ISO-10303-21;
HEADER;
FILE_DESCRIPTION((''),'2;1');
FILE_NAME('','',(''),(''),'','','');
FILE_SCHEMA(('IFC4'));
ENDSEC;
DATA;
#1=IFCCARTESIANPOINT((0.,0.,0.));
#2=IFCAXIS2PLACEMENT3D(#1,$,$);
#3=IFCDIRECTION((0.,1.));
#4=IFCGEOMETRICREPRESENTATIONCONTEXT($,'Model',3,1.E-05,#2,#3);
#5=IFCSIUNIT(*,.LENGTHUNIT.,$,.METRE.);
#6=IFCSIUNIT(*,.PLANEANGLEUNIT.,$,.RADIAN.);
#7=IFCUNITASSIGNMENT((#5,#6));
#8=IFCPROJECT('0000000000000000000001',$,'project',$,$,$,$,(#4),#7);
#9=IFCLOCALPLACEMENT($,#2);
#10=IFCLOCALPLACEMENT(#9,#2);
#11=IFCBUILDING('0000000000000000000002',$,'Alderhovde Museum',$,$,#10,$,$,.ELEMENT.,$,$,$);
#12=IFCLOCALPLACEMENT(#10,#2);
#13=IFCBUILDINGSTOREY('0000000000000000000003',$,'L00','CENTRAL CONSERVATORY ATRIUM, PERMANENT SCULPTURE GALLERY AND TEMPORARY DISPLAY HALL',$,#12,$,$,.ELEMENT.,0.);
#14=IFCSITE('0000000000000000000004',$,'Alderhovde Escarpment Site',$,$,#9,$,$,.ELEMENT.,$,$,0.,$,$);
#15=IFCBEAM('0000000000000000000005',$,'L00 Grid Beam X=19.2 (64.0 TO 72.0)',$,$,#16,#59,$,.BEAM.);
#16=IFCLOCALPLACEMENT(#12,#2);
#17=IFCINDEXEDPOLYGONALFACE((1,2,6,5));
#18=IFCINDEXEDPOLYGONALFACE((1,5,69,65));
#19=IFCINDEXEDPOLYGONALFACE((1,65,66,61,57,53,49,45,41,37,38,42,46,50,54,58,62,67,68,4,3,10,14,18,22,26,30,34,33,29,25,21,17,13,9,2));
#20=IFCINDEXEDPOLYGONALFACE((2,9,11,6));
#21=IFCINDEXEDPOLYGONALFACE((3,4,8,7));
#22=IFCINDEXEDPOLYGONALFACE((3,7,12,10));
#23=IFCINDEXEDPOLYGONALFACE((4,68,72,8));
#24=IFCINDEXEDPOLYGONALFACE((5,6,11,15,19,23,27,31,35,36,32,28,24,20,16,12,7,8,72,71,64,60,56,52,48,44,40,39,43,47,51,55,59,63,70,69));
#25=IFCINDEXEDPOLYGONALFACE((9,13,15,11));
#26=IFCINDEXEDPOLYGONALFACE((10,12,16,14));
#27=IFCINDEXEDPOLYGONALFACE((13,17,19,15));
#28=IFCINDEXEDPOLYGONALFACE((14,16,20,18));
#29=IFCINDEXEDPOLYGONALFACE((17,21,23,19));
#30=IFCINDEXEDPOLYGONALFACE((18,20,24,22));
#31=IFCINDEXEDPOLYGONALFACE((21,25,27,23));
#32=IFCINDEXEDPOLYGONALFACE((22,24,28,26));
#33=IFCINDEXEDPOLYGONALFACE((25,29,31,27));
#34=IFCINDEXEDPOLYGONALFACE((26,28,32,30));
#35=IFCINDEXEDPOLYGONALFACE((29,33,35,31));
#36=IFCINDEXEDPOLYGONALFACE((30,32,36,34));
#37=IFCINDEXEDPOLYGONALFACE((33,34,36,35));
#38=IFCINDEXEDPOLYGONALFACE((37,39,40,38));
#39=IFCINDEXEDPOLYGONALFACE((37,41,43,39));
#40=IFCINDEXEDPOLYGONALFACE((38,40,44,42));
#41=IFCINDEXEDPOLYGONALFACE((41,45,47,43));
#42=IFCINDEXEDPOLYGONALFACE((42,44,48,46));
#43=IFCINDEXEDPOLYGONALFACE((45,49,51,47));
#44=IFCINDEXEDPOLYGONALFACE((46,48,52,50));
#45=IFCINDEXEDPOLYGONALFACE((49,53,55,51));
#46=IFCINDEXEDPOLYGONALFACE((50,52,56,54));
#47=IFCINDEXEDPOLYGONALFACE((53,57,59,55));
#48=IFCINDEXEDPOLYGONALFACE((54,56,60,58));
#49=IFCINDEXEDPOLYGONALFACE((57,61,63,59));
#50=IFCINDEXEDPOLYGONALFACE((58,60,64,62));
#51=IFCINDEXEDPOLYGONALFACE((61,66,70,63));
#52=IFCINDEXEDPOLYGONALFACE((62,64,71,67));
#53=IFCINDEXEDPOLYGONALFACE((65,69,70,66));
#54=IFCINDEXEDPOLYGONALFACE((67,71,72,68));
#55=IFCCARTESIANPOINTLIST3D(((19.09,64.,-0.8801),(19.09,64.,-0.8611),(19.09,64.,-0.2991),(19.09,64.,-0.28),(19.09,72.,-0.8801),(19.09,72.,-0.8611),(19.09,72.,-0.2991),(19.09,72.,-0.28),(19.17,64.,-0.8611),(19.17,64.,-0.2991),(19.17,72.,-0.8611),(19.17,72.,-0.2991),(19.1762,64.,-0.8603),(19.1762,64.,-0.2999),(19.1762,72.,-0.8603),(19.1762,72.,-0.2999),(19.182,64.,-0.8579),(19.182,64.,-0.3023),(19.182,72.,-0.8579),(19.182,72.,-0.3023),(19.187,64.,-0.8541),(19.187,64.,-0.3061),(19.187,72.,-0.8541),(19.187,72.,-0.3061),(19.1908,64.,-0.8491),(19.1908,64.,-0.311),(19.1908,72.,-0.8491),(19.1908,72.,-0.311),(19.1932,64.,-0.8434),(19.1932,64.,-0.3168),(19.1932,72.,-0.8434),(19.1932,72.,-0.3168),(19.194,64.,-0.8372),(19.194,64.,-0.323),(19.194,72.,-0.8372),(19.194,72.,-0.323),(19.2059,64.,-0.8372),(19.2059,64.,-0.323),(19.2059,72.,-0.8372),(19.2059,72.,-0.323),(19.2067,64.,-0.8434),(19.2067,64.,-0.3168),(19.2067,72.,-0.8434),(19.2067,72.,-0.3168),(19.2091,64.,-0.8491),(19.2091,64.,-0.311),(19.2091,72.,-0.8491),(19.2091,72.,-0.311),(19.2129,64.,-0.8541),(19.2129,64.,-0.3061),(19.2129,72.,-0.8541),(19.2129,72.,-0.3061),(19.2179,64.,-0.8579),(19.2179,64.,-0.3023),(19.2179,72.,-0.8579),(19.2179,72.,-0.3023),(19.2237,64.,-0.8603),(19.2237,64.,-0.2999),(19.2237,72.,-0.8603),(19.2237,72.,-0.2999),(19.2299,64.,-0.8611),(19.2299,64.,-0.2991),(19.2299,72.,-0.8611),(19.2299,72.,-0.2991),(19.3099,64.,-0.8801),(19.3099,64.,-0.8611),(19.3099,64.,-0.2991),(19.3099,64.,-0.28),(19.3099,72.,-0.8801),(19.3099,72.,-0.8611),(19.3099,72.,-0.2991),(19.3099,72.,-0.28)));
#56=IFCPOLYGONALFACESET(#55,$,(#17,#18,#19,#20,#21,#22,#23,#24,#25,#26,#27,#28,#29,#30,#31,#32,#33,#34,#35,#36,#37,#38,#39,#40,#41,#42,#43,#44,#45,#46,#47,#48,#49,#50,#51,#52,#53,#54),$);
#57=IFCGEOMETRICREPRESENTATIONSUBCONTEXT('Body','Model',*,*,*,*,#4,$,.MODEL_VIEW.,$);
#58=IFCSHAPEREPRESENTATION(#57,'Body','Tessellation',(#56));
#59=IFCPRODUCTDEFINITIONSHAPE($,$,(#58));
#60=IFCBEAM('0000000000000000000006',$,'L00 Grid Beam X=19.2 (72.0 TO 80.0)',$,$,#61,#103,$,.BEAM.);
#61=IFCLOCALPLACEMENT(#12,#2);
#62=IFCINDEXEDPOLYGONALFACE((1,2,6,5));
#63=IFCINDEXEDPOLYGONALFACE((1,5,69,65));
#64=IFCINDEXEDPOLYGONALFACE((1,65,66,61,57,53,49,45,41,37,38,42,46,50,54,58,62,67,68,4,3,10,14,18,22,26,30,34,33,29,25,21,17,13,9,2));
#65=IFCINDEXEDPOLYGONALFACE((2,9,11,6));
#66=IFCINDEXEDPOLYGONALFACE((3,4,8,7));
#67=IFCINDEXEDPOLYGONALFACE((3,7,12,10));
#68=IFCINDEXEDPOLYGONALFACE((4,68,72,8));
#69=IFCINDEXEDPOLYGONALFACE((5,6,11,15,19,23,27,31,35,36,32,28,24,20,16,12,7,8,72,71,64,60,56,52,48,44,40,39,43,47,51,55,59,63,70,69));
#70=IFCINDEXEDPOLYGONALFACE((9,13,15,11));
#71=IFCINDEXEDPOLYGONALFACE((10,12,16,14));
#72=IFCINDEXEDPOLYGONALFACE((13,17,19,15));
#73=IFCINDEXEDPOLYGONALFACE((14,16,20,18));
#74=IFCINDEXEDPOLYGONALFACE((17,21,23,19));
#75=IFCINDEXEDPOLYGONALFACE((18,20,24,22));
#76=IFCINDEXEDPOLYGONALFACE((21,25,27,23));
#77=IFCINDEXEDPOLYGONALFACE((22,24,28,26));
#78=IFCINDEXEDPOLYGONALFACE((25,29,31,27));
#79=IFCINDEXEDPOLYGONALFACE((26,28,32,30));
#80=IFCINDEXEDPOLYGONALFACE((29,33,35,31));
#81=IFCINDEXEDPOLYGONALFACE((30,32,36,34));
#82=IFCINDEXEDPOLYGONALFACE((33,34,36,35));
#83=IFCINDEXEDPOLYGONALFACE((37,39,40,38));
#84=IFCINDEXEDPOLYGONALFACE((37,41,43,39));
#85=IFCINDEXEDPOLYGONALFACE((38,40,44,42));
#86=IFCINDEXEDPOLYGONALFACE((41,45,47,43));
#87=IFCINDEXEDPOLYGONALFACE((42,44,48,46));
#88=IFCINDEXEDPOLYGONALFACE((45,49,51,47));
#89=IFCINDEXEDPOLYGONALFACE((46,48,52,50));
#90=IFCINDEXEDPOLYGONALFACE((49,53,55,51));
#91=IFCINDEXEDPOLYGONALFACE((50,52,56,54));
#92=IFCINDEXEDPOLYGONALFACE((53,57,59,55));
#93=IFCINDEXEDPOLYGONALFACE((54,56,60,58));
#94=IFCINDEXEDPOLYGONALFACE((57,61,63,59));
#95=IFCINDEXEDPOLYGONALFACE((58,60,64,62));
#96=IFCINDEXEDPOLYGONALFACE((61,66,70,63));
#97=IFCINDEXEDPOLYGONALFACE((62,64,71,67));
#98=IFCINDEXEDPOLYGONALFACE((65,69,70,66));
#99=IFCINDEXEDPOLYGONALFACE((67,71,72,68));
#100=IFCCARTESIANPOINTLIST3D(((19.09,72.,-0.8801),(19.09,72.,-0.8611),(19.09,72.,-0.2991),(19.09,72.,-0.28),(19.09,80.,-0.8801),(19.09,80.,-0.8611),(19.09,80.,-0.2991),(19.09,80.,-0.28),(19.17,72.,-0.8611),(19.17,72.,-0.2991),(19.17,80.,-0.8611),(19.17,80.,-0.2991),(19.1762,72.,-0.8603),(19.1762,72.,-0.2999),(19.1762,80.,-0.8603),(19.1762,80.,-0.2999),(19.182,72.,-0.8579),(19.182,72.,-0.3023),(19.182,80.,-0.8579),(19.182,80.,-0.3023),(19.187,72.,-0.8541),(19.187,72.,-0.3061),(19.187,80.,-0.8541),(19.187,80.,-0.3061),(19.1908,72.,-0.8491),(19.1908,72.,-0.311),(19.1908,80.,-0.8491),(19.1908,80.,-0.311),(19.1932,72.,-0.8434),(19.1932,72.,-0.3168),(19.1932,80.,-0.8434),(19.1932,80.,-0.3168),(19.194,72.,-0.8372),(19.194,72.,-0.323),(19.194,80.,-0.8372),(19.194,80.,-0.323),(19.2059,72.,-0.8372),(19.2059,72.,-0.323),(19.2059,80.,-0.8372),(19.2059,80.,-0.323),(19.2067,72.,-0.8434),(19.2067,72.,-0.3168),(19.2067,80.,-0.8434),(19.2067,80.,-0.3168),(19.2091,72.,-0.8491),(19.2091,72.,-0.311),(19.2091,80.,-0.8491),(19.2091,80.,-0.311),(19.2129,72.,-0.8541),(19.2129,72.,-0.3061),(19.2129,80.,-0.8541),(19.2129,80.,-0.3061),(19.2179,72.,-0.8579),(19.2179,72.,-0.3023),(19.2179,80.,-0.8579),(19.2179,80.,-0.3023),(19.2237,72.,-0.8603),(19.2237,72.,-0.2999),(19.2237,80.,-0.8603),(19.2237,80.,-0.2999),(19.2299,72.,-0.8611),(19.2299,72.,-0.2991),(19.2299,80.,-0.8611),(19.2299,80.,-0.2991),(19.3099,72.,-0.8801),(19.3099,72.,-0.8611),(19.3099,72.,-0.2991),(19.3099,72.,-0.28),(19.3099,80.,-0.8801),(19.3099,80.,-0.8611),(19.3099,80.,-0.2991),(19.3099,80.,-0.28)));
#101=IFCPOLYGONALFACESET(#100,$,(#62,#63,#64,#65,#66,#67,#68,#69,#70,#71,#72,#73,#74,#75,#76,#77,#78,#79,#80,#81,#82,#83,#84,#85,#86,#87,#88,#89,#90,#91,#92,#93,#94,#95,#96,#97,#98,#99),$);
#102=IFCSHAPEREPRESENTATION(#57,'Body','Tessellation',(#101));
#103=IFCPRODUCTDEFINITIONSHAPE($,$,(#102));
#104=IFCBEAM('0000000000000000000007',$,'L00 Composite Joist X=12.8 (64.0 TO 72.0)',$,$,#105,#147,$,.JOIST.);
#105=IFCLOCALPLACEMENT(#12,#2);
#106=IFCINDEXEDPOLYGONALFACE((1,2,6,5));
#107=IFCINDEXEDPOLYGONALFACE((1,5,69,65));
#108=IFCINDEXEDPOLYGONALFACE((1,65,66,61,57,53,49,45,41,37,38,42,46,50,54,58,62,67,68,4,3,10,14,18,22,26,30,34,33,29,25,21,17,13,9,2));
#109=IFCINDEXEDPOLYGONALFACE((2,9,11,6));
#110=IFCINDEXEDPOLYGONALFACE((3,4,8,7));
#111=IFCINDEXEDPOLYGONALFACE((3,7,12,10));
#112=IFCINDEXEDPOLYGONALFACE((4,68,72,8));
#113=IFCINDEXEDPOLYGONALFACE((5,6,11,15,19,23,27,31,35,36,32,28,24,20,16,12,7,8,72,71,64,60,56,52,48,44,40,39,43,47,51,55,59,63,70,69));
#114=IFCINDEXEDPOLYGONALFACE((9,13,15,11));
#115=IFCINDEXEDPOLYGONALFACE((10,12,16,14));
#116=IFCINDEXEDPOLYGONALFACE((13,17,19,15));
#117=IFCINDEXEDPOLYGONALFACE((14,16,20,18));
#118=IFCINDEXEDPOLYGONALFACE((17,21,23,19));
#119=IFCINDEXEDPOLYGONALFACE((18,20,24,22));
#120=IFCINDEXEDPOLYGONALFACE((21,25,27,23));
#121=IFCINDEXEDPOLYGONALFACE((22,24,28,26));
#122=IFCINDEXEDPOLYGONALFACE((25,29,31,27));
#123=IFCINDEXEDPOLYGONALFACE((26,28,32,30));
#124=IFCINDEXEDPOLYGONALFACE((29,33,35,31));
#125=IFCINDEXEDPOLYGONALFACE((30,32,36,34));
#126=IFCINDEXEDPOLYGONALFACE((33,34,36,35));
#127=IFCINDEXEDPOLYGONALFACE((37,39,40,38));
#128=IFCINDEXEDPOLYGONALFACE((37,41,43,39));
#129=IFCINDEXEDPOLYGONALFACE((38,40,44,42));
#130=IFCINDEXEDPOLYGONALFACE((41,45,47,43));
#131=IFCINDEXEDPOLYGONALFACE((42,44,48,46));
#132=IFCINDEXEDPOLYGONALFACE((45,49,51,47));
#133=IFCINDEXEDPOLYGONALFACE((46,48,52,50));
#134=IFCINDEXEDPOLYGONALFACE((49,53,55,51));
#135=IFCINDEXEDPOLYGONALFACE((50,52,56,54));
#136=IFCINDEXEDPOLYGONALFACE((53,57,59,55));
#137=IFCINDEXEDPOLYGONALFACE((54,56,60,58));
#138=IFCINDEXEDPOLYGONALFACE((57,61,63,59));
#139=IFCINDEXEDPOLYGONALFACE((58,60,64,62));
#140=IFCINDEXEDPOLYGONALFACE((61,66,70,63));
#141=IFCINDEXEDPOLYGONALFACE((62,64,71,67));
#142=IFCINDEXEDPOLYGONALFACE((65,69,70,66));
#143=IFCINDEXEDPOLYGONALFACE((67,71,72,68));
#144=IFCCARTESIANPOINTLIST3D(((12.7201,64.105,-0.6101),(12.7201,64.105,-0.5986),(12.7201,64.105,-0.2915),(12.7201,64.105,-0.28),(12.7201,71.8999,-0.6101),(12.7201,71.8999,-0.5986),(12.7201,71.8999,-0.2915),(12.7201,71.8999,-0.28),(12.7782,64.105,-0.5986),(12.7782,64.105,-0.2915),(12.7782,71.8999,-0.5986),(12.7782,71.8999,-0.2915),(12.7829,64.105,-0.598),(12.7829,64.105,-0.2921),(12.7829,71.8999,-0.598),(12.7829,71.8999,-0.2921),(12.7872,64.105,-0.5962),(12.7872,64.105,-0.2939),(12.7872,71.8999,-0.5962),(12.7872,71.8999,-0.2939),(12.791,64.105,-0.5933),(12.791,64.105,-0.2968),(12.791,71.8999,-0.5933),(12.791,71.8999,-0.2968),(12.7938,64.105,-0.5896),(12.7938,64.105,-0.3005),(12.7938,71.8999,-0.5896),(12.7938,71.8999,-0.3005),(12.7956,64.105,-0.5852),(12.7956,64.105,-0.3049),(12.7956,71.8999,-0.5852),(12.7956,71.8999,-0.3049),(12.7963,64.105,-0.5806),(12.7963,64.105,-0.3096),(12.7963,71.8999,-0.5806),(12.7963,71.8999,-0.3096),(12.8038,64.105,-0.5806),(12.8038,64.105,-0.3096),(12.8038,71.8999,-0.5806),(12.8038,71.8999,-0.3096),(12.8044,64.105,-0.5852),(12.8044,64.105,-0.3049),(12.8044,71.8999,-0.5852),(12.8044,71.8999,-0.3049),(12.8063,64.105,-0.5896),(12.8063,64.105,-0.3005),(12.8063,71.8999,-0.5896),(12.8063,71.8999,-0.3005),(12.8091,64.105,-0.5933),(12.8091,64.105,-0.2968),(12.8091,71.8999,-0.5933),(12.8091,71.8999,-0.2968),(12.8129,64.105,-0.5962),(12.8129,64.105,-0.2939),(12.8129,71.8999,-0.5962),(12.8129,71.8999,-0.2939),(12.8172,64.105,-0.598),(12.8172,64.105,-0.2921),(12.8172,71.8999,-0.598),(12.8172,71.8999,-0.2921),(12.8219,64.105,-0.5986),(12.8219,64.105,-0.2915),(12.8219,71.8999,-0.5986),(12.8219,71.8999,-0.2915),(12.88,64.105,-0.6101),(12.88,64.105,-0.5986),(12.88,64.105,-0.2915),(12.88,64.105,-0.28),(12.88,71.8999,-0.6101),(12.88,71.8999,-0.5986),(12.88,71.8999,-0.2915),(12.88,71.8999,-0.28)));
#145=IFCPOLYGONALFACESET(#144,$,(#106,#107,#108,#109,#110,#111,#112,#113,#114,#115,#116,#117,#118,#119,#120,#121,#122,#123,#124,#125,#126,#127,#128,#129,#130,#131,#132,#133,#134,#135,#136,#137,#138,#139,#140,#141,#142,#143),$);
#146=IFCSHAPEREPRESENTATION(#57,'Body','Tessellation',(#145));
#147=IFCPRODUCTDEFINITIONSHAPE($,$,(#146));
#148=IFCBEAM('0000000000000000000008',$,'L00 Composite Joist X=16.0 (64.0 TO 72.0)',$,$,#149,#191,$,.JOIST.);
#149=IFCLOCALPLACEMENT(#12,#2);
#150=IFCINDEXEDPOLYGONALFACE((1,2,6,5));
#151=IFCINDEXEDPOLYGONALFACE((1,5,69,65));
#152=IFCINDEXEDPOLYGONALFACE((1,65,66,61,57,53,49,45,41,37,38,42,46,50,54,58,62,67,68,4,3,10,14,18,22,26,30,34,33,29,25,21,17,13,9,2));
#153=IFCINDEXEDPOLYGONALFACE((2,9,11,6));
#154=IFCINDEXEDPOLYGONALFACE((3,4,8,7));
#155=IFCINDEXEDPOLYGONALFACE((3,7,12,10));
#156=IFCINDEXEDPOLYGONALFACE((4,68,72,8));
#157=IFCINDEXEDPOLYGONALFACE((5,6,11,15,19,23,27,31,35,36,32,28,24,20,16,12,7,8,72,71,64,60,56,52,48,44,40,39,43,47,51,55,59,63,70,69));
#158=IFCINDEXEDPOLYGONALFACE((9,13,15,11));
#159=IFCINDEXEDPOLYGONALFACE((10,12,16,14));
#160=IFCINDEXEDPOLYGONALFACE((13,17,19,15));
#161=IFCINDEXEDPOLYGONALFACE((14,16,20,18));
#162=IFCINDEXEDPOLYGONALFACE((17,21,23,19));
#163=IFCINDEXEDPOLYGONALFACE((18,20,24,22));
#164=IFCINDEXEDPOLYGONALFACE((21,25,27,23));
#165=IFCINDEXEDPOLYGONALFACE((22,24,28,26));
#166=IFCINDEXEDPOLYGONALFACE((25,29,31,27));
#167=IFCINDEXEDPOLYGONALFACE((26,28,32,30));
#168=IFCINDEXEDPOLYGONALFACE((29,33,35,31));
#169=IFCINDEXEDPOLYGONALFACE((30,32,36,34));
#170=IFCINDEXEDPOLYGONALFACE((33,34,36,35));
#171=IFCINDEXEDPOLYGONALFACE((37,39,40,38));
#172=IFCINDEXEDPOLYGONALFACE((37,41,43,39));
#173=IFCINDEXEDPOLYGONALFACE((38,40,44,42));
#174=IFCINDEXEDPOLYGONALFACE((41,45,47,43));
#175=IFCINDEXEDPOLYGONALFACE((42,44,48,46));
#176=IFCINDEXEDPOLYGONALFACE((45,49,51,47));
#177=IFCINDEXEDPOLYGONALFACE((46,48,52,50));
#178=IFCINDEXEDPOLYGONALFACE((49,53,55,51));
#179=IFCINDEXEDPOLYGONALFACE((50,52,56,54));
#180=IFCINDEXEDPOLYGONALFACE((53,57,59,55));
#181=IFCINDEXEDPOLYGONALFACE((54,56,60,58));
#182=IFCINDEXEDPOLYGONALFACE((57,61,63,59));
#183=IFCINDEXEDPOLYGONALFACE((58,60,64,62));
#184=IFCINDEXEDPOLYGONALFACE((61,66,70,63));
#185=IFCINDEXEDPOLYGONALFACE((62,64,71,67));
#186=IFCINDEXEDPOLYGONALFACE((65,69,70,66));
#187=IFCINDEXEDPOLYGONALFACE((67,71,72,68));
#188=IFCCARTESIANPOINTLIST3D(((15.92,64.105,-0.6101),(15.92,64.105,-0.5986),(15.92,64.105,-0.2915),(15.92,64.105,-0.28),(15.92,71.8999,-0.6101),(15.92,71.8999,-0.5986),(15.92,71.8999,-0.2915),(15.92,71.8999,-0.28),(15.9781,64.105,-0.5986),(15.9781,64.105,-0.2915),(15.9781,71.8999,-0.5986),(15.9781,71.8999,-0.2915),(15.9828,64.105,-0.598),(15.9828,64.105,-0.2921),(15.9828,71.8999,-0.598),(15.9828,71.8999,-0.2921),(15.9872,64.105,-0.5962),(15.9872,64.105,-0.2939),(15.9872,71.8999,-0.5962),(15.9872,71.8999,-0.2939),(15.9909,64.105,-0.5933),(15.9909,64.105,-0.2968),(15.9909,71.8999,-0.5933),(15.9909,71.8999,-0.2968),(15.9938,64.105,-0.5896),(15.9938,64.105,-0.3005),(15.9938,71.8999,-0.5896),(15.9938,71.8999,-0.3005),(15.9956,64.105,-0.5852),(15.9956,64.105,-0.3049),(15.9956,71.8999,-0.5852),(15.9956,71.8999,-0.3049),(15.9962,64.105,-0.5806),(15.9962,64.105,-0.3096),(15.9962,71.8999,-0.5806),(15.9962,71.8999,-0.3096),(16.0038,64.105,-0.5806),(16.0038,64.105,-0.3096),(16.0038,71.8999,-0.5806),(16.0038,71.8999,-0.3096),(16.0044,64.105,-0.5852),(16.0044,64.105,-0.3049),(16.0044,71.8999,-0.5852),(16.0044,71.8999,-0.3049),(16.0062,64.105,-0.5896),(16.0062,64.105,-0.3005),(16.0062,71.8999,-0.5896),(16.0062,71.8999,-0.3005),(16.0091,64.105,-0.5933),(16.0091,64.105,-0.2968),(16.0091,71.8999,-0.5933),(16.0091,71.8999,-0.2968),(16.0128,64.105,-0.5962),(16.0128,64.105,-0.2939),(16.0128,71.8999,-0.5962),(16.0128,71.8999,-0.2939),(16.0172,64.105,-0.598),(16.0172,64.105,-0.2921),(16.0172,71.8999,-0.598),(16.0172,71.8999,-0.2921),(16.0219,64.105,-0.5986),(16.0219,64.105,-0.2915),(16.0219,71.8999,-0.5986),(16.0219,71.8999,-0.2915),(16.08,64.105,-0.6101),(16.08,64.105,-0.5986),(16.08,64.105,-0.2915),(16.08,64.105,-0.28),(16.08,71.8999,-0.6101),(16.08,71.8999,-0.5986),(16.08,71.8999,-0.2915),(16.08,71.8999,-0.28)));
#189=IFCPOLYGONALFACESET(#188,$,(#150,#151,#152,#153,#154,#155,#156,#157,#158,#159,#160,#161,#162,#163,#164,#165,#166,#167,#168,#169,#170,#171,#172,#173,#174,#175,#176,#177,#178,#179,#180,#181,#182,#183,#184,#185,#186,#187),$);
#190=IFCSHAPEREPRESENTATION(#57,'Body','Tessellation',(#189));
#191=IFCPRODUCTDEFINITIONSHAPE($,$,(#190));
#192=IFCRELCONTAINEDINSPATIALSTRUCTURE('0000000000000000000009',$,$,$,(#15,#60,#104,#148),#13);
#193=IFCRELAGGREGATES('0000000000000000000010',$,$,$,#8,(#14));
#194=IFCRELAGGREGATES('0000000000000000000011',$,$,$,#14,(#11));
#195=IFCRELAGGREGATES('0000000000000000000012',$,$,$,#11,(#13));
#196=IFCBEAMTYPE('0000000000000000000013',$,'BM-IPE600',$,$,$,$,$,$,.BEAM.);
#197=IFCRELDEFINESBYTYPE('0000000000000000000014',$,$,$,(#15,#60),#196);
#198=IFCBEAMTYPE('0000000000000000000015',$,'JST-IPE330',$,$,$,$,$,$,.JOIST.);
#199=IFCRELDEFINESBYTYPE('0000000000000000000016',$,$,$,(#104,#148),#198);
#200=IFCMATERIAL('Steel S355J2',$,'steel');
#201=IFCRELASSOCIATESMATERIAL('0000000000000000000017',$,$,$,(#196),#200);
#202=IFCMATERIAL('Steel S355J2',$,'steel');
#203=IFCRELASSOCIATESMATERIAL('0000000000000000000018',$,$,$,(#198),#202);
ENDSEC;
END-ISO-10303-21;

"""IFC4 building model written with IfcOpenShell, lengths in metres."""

from ifc_helpers import new_model, si_unit, direction, frame, origin, origin_2d, place, context, subcontext, project, spatial, i_section, extrude, material, material_profile, profile_set, type_object, element, save


model = new_model("IFC4")

# Units and contexts
model_context = context("Model", 3, precision=1e-05, world=origin(), true_north=direction((0.0, 1.0)))
body_context = subcontext(model_context, "Body", "Model", "MODEL_VIEW")
ifc_project = project(units=[si_unit("LENGTHUNIT", "METRE"), si_unit("PLANEANGLEUNIT", "RADIAN")], contexts=[model_context])

# Site, building, storey
site_placement = place(None, origin())
site = spatial("IfcSite", under=ifc_project, at=site_placement, Name="Alderhovde Escarpment Site", CompositionType="ELEMENT", RefElevation=0.0)
building_placement = place(site_placement, origin())
building = spatial("IfcBuilding", under=site, at=building_placement, Name="Alderhovde Museum", CompositionType="ELEMENT")
storey_placement = place(building_placement, origin())
storey = spatial("IfcBuildingStorey", under=building, at=storey_placement, Name="L00", Description="CENTRAL CONSERVATORY ATRIUM, PERMANENT SCULPTURE GALLERY AND TEMPORARY DISPLAY HALL", CompositionType="ELEMENT", Elevation=0.0)

# Beams
ifc_material_1 = material(Name="Steel S355J2", Category="steel")
ifc_material_profile_1 = material_profile(ifc_material_1, i_section(OverallWidth=0.22, OverallDepth=0.6001, WebThickness=0.012, FlangeThickness=0.019, FilletRadius=0.0239, at=origin_2d()), Name="IPE 600")
ifc_profile_set_1 = profile_set([ifc_material_profile_1], Name="Steel S355J2")
beam_type_1 = type_object("IfcBeamType", Name="BM-IPE600", PredefinedType="BEAM", material=ifc_profile_set_1)
for number, where, z_axis, x_axis, name in (
    (1, (19.2, 64.0, -0.5801), (0.0, 1.0, 0.0), (-1.0, 0.0, 0.0), "L00 Grid Beam X=19.2 (64.0 TO 72.0)"),
    (2, (19.2, 72.0, -0.5801), (0.0, 1.0, 0.0), (-1.0, 0.0, 0.0), "L00 Grid Beam X=19.2 (72.0 TO 80.0)"),
):
    element("IfcBeam", number, at=place(storey_placement, frame(where, z_axis=z_axis, x_axis=x_axis)), inside=storey, type_object=beam_type_1, Name=name, PredefinedType="BEAM", context=body_context, shape_type="SweptSolid", body=[
        extrude(i_section(OverallWidth=0.22, OverallDepth=0.6001, WebThickness=0.012, FlangeThickness=0.019, FilletRadius=0.0239, at=origin_2d()), origin(), (0.0, 0.0, 1.0), 8.0),
    ])
ifc_material_2 = material(Name="Steel S355J2", Category="steel")
ifc_material_profile_2 = material_profile(ifc_material_2, i_section(OverallWidth=0.1599, OverallDepth=0.3301, WebThickness=0.0076, FlangeThickness=0.0115, FilletRadius=0.0181, at=origin_2d()), Name="IPE 330")
ifc_profile_set_2 = profile_set([ifc_material_profile_2], Name="Steel S355J2")
beam_type_2 = type_object("IfcBeamType", Name="JST-IPE330", PredefinedType="JOIST", material=ifc_profile_set_2)
for number, where, z_axis, x_axis, name in (
    (3, (12.8, 64.105, -0.4451), (0.0, 1.0, 0.0), (-1.0, 0.0, 0.0), "L00 Composite Joist X=12.8 (64.0 TO 72.0)"),
    (4, (16.0, 64.105, -0.4451), (0.0, 1.0, 0.0), (-1.0, 0.0, 0.0), "L00 Composite Joist X=16.0 (64.0 TO 72.0)"),
):
    element("IfcBeam", number, at=place(storey_placement, frame(where, z_axis=z_axis, x_axis=x_axis)), inside=storey, type_object=beam_type_2, Name=name, PredefinedType="JOIST", context=body_context, shape_type="SweptSolid", body=[
        extrude(i_section(OverallWidth=0.1599, OverallDepth=0.3301, WebThickness=0.0076, FlangeThickness=0.0115, FilletRadius=0.0181, at=origin_2d()), origin(), (0.0, 0.0, 1.0), 7.7949),
    ])

save(model, "model.ifc")
